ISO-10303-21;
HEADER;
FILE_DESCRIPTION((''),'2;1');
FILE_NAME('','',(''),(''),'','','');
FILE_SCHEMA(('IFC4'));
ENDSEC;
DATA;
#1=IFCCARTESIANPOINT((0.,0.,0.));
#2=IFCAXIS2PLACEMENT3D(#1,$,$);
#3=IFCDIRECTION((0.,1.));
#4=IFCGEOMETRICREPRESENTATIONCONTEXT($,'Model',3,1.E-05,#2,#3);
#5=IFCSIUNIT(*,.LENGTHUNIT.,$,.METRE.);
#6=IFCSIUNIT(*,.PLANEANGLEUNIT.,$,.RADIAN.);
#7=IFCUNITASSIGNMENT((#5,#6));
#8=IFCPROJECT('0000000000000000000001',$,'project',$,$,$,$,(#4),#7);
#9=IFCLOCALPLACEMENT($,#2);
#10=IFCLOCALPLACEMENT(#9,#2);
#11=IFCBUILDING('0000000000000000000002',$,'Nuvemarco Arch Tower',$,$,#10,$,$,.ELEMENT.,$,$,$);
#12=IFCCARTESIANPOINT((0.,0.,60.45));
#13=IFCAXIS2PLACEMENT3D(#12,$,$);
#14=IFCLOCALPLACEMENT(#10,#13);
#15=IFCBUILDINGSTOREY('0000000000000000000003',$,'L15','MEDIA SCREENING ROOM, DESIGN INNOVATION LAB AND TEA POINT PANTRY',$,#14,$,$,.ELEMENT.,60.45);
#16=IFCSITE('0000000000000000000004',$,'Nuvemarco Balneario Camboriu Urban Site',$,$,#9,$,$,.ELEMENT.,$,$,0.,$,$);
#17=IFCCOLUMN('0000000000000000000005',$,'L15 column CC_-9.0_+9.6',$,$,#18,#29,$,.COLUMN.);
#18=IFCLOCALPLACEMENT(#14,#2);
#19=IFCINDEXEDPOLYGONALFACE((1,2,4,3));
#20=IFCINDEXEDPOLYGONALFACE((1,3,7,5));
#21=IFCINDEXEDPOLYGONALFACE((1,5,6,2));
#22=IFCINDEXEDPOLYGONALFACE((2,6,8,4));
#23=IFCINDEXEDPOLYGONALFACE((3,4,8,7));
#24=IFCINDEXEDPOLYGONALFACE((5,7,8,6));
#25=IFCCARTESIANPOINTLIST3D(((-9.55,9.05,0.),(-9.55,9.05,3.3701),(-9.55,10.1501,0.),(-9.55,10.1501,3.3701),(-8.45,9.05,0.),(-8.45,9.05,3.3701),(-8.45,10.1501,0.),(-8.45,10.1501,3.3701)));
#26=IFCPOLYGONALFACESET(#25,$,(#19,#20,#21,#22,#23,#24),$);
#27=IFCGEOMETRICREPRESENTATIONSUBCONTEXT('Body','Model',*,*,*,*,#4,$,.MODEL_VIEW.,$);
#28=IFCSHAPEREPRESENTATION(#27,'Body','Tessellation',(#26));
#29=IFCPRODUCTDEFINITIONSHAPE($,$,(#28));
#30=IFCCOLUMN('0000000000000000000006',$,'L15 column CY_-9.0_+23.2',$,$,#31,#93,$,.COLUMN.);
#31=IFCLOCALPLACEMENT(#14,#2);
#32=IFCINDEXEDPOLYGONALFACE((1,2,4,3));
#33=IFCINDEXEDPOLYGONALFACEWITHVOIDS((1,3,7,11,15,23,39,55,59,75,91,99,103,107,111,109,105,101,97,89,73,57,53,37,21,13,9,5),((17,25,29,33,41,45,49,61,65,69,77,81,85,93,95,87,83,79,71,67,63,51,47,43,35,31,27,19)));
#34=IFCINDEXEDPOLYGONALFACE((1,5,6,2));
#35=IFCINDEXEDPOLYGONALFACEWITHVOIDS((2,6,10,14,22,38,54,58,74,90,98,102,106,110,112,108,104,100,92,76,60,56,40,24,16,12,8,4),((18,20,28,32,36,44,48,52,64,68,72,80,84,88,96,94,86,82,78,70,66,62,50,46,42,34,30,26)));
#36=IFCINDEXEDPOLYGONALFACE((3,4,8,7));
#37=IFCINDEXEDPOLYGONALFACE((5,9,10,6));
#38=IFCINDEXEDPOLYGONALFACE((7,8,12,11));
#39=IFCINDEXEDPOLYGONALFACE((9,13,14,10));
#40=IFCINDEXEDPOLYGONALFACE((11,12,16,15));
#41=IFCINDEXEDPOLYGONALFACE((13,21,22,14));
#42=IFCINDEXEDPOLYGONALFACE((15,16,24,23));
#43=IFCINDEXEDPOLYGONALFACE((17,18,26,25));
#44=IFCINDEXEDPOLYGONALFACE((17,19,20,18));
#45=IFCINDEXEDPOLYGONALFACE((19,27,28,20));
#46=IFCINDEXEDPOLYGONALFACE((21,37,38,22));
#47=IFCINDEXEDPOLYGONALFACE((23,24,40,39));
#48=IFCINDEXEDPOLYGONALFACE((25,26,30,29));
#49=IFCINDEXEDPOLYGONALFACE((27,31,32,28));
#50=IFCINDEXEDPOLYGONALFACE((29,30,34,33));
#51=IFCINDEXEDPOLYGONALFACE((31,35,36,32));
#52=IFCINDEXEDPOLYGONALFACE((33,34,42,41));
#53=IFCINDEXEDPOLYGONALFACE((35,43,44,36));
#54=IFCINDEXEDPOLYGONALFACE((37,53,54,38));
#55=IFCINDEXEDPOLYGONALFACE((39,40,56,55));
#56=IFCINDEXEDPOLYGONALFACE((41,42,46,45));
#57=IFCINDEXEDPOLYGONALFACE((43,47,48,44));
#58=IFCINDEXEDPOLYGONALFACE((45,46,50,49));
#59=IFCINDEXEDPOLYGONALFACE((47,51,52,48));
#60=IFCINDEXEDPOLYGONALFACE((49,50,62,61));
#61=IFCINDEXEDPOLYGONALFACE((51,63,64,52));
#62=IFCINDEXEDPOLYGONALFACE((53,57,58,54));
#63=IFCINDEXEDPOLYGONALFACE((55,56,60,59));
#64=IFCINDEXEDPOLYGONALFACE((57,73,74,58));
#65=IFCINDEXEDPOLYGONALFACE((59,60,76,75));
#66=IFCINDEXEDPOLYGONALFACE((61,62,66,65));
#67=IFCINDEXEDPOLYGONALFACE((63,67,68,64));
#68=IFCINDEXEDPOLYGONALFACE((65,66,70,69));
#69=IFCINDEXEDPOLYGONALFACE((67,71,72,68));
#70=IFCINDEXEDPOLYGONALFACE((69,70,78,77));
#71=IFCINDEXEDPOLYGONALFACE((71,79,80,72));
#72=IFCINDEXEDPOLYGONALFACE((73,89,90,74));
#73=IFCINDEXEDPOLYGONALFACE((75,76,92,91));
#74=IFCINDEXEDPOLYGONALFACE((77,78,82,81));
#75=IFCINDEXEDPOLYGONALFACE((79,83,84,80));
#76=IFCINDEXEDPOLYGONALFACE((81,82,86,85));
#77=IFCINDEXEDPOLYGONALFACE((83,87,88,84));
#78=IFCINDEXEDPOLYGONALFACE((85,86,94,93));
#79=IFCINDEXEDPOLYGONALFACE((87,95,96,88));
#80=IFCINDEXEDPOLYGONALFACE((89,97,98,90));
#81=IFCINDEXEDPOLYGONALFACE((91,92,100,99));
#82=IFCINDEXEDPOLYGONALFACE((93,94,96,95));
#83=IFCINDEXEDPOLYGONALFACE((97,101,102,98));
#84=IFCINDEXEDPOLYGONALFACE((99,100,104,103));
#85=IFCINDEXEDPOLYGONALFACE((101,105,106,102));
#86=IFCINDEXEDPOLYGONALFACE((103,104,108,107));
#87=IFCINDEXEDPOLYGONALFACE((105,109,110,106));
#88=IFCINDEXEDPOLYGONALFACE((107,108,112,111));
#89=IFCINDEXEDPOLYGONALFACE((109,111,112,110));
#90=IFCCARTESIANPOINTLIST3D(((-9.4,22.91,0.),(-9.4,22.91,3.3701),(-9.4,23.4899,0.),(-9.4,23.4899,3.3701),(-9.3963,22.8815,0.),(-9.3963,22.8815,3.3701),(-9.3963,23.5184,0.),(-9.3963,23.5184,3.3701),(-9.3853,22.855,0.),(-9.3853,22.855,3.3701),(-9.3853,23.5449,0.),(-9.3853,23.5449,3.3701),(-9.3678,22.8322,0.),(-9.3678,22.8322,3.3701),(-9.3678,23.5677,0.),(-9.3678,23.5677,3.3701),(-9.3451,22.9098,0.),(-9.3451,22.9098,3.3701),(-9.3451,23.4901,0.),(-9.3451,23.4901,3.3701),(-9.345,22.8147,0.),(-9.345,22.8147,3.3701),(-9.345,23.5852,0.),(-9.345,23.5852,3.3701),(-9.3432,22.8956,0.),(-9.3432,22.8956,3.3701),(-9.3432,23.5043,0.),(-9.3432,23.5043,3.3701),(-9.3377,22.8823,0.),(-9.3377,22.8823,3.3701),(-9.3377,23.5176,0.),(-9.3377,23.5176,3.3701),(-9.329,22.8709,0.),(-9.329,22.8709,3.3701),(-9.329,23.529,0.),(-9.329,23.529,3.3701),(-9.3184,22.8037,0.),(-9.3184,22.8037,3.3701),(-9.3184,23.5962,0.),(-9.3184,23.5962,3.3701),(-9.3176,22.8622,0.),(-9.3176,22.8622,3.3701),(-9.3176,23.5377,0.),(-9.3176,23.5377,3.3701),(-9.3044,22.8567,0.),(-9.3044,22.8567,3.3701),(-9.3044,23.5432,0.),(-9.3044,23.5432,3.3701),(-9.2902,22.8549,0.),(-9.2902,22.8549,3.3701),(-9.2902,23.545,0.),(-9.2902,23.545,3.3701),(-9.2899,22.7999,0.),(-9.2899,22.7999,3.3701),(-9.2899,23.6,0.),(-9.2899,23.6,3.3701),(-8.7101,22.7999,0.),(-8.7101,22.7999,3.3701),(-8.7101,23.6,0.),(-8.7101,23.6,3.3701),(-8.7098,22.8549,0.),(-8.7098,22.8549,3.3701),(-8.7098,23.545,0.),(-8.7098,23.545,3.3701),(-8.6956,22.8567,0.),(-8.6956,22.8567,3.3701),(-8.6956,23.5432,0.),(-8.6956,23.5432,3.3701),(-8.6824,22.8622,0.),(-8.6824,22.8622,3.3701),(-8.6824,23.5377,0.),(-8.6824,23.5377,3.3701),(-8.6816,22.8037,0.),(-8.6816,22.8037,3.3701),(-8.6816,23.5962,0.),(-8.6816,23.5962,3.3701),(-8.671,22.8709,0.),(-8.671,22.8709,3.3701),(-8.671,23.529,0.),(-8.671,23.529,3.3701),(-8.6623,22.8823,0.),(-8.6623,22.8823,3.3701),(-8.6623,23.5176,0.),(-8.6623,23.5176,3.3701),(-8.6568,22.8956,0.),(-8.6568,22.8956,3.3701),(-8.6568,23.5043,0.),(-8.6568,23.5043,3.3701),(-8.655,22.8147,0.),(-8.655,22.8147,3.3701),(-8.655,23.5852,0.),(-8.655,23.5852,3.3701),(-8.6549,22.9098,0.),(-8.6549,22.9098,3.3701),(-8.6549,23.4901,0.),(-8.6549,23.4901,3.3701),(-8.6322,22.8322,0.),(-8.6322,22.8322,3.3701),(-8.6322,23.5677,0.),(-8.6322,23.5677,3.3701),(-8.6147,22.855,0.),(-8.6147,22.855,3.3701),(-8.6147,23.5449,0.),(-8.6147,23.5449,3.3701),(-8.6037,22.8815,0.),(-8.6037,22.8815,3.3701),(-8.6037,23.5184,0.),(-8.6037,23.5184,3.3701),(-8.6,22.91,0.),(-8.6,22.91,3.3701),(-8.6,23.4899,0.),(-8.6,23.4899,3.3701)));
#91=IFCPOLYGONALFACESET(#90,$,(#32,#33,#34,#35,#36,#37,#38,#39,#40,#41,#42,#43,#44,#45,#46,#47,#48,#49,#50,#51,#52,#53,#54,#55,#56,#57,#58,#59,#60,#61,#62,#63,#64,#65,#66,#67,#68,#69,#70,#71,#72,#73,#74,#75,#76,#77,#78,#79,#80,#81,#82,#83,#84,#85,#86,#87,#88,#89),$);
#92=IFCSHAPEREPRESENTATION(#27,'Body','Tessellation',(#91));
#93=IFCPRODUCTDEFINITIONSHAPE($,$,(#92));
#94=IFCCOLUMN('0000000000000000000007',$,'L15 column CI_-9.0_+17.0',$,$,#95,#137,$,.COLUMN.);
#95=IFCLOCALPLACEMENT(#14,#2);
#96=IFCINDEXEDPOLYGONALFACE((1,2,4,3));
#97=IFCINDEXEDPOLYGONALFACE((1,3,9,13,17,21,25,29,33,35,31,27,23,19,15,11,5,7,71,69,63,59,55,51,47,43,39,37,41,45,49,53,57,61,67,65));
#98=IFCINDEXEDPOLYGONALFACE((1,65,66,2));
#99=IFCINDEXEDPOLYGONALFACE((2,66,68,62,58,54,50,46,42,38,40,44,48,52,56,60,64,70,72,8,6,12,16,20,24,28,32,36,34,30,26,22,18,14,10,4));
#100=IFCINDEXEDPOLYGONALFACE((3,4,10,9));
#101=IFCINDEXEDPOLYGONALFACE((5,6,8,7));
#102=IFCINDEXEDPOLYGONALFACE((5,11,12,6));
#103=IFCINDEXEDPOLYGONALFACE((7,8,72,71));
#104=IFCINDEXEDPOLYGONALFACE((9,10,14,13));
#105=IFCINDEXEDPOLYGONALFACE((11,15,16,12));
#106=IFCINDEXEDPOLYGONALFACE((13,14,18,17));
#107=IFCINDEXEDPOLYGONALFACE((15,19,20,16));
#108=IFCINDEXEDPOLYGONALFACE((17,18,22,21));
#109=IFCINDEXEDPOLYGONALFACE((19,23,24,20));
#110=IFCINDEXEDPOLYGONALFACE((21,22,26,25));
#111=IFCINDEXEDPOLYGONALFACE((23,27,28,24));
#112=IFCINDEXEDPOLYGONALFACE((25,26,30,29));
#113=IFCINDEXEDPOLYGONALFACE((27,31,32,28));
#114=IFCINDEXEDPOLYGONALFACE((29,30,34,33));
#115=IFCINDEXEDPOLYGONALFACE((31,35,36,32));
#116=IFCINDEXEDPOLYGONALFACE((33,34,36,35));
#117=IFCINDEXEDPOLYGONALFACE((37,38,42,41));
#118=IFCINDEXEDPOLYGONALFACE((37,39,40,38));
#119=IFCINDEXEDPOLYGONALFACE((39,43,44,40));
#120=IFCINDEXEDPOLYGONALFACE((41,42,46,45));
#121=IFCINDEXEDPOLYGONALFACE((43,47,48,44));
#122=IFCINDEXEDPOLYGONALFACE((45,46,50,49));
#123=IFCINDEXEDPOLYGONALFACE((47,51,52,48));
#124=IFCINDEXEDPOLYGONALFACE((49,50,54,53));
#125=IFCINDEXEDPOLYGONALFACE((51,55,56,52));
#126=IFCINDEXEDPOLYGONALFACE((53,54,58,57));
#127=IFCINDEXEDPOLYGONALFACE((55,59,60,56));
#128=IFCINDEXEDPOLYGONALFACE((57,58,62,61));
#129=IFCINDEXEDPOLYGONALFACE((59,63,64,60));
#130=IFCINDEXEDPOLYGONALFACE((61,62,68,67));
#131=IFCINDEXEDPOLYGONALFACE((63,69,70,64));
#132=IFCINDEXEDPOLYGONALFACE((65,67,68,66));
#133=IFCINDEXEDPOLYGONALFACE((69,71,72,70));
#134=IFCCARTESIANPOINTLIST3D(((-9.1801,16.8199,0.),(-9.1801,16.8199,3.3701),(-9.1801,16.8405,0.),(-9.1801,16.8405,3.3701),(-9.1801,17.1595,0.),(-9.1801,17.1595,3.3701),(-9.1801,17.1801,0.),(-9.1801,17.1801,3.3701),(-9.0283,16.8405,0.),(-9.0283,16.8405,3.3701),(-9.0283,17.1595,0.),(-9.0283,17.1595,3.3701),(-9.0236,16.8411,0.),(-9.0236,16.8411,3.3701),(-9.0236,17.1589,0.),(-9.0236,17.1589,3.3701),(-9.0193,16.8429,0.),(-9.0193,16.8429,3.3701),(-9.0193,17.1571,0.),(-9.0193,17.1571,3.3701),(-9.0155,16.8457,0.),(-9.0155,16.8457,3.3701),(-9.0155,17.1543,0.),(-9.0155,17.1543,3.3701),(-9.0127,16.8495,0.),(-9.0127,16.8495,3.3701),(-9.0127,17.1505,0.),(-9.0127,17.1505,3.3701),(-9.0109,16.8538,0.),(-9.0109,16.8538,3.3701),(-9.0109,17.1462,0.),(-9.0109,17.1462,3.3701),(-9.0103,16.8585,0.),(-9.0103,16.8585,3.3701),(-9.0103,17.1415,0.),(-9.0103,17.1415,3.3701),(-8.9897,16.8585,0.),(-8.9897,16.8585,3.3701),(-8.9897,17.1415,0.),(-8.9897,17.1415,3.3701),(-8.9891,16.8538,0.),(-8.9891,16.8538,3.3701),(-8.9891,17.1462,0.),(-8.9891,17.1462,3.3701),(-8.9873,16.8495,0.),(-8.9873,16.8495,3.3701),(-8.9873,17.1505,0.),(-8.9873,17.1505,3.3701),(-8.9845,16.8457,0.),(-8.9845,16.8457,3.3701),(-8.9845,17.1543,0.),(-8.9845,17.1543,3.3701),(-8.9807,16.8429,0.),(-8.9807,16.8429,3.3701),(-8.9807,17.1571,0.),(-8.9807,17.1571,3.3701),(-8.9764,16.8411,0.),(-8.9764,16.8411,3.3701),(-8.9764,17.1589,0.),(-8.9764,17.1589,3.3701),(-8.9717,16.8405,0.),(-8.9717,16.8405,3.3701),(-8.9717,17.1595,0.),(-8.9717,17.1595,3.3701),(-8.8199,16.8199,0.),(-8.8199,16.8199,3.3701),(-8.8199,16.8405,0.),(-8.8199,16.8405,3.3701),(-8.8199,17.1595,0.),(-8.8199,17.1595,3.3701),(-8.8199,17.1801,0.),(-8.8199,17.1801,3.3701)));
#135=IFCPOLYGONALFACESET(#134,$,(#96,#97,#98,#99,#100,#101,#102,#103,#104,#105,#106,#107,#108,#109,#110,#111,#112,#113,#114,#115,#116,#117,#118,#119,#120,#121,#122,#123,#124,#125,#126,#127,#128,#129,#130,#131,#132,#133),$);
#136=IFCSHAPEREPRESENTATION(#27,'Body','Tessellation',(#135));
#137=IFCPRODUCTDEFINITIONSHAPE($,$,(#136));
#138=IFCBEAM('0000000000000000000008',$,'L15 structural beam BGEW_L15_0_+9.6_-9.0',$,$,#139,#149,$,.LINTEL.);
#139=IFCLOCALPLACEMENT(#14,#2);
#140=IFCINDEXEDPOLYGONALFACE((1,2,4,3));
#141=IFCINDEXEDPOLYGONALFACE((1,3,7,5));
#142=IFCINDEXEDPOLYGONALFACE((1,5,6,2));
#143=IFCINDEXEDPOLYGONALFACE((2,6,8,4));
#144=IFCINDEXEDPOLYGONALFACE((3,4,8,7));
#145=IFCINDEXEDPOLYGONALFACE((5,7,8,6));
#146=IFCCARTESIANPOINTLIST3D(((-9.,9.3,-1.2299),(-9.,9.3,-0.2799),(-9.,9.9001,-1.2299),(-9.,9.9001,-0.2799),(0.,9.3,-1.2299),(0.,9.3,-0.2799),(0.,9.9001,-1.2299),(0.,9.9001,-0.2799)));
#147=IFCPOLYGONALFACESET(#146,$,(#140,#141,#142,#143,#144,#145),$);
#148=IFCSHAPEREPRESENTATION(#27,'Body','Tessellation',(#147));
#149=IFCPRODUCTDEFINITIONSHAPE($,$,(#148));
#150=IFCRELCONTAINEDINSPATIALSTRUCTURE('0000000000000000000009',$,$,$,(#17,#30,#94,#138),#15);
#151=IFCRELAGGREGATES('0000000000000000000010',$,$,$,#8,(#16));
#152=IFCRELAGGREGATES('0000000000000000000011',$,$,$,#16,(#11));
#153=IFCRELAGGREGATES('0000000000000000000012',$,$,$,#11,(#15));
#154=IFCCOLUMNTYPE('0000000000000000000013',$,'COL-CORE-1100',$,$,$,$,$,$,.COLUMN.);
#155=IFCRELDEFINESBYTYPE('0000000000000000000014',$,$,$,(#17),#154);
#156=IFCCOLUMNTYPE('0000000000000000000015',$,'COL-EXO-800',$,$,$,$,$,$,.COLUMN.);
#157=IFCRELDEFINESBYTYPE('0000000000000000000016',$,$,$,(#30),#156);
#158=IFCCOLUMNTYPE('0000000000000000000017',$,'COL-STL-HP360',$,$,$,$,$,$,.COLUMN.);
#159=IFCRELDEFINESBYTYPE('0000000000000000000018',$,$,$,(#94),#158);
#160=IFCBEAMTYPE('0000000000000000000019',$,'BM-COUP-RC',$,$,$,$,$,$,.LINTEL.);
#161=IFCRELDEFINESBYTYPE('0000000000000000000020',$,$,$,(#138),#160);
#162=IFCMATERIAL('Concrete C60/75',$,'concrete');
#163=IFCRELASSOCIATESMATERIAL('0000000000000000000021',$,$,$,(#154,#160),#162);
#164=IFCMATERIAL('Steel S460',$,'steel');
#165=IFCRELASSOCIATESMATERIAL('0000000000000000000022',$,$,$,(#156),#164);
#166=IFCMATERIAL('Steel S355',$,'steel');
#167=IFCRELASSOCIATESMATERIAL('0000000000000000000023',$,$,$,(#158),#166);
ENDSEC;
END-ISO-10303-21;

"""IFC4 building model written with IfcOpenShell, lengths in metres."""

from ifc_helpers import new_model, si_unit, direction, frame, origin, origin_2d, place, context, subcontext, project, spatial, rectangle, hollow_rectangle, i_section, extrude, material, material_profile, profile_set, type_object, element, save


model = new_model("IFC4")

# Units and contexts
model_context = context("Model", 3, precision=1e-05, world=origin(), true_north=direction((0.0, 1.0)))
body_context = subcontext(model_context, "Body", "Model", "MODEL_VIEW")
ifc_project = project(units=[si_unit("LENGTHUNIT", "METRE"), si_unit("PLANEANGLEUNIT", "RADIAN")], contexts=[model_context])

# Site, building, storey
site_placement = place(None, origin())
site = spatial("IfcSite", under=ifc_project, at=site_placement, Name="Nuvemarco Balneario Camboriu Urban Site", CompositionType="ELEMENT", RefElevation=0.0)
building_placement = place(site_placement, origin())
building = spatial("IfcBuilding", under=site, at=building_placement, Name="Nuvemarco Arch Tower", CompositionType="ELEMENT")
storey_placement = place(building_placement, frame((0.0, 0.0, 60.45)))
storey = spatial("IfcBuildingStorey", under=building, at=storey_placement, Name="L15", Description="MEDIA SCREENING ROOM, DESIGN INNOVATION LAB AND TEA POINT PANTRY", CompositionType="ELEMENT", Elevation=60.45)

# Columns
ifc_material_1 = material(Name="Concrete C60/75", Category="concrete")
ifc_material_profile_1 = material_profile(ifc_material_1, rectangle(XDim=1.1001, YDim=1.1001, at=origin_2d()), Name="RC-COL-1100x1100")
ifc_profile_set_1 = profile_set([ifc_material_profile_1], Name="Concrete C60/75")
column_type_1 = type_object("IfcColumnType", Name="COL-CORE-1100", PredefinedType="COLUMN", material=ifc_profile_set_1)
column_1_placement = place(storey_placement, frame((-9.0, 9.6001, 0.0), z_axis=(0.0, 0.0, 1.0), x_axis=(1.0, 0.0, 0.0)))
element("IfcColumn", 1, at=column_1_placement, inside=storey, type_object=column_type_1, Name="L15 column CC_-9.0_+9.6", PredefinedType="COLUMN", context=body_context, shape_type="SweptSolid", body=[
    extrude(rectangle(XDim=1.1001, YDim=1.1001, at=origin_2d()), origin(), (0.0, 0.0, 1.0), 3.3701),
])
ifc_material_2 = material(Name="Steel S460", Category="steel")
ifc_material_profile_2 = material_profile(ifc_material_2, hollow_rectangle(XDim=0.8, YDim=0.8, WallThickness=0.0549, InnerFilletRadius=0.0549, OuterFilletRadius=0.1101, at=origin_2d()), Name="SHS800x800x55")
ifc_profile_set_2 = profile_set([ifc_material_profile_2], Name="Steel S460")
column_type_2 = type_object("IfcColumnType", Name="COL-EXO-800", PredefinedType="COLUMN", material=ifc_profile_set_2)
column_2_placement = place(storey_placement, frame((-9.0, 23.2, 0.0), z_axis=(0.0, 0.0, 1.0), x_axis=(1.0, 0.0, 0.0)))
element("IfcColumn", 2, at=column_2_placement, inside=storey, type_object=column_type_2, Name="L15 column CY_-9.0_+23.2", PredefinedType="COLUMN", context=body_context, shape_type="SweptSolid", body=[
    extrude(hollow_rectangle(XDim=0.8, YDim=0.8, WallThickness=0.0549, InnerFilletRadius=0.0549, OuterFilletRadius=0.1101, at=origin_2d()), origin(), (0.0, 0.0, 1.0), 3.3701),
])
ifc_material_3 = material(Name="Steel S355", Category="steel")
ifc_material_profile_3 = material_profile(ifc_material_3, i_section(OverallWidth=0.3601, OverallDepth=0.3601, WebThickness=0.0205, FlangeThickness=0.0205, FilletRadius=0.0181, at=origin_2d()), Name="HP360x174")
ifc_profile_set_3 = profile_set([ifc_material_profile_3], Name="Steel S355")
column_type_3 = type_object("IfcColumnType", Name="COL-STL-HP360", PredefinedType="COLUMN", material=ifc_profile_set_3)
column_3_placement = place(storey_placement, frame((-9.0, 17.0, 0.0), z_axis=(0.0, 0.0, 1.0), x_axis=(1.0, 0.0, 0.0)))
element("IfcColumn", 3, at=column_3_placement, inside=storey, type_object=column_type_3, Name="L15 column CI_-9.0_+17.0", PredefinedType="COLUMN", context=body_context, shape_type="SweptSolid", body=[
    extrude(i_section(OverallWidth=0.3601, OverallDepth=0.3601, WebThickness=0.0205, FlangeThickness=0.0205, FilletRadius=0.0181, at=origin_2d()), origin(), (0.0, 0.0, 1.0), 3.3701),
])

# Beam
ifc_material_profile_4 = material_profile(ifc_material_1, rectangle(XDim=0.6001, YDim=0.95, at=origin_2d()), Name="RC-BM-600x950")
ifc_profile_set_4 = profile_set([ifc_material_profile_4], Name="Concrete C60/75")
beam_type_1 = type_object("IfcBeamType", Name="BM-COUP-RC", PredefinedType="LINTEL", material=ifc_profile_set_4)
beam_1_placement = place(storey_placement, frame((-9.0, 9.6001, -0.7549), z_axis=(1.0, 0.0, 0.0), x_axis=(0.0, 1.0, 0.0)))
element("IfcBeam", 4, at=beam_1_placement, inside=storey, type_object=beam_type_1, Name="L15 structural beam BGEW_L15_0_+9.6_-9.0", PredefinedType="LINTEL", context=body_context, shape_type="SweptSolid", body=[
    extrude(rectangle(XDim=0.6001, YDim=0.95, at=origin_2d()), origin(), (0.0, 0.0, 1.0), 9.0),
])

save(model, "model.ifc")
